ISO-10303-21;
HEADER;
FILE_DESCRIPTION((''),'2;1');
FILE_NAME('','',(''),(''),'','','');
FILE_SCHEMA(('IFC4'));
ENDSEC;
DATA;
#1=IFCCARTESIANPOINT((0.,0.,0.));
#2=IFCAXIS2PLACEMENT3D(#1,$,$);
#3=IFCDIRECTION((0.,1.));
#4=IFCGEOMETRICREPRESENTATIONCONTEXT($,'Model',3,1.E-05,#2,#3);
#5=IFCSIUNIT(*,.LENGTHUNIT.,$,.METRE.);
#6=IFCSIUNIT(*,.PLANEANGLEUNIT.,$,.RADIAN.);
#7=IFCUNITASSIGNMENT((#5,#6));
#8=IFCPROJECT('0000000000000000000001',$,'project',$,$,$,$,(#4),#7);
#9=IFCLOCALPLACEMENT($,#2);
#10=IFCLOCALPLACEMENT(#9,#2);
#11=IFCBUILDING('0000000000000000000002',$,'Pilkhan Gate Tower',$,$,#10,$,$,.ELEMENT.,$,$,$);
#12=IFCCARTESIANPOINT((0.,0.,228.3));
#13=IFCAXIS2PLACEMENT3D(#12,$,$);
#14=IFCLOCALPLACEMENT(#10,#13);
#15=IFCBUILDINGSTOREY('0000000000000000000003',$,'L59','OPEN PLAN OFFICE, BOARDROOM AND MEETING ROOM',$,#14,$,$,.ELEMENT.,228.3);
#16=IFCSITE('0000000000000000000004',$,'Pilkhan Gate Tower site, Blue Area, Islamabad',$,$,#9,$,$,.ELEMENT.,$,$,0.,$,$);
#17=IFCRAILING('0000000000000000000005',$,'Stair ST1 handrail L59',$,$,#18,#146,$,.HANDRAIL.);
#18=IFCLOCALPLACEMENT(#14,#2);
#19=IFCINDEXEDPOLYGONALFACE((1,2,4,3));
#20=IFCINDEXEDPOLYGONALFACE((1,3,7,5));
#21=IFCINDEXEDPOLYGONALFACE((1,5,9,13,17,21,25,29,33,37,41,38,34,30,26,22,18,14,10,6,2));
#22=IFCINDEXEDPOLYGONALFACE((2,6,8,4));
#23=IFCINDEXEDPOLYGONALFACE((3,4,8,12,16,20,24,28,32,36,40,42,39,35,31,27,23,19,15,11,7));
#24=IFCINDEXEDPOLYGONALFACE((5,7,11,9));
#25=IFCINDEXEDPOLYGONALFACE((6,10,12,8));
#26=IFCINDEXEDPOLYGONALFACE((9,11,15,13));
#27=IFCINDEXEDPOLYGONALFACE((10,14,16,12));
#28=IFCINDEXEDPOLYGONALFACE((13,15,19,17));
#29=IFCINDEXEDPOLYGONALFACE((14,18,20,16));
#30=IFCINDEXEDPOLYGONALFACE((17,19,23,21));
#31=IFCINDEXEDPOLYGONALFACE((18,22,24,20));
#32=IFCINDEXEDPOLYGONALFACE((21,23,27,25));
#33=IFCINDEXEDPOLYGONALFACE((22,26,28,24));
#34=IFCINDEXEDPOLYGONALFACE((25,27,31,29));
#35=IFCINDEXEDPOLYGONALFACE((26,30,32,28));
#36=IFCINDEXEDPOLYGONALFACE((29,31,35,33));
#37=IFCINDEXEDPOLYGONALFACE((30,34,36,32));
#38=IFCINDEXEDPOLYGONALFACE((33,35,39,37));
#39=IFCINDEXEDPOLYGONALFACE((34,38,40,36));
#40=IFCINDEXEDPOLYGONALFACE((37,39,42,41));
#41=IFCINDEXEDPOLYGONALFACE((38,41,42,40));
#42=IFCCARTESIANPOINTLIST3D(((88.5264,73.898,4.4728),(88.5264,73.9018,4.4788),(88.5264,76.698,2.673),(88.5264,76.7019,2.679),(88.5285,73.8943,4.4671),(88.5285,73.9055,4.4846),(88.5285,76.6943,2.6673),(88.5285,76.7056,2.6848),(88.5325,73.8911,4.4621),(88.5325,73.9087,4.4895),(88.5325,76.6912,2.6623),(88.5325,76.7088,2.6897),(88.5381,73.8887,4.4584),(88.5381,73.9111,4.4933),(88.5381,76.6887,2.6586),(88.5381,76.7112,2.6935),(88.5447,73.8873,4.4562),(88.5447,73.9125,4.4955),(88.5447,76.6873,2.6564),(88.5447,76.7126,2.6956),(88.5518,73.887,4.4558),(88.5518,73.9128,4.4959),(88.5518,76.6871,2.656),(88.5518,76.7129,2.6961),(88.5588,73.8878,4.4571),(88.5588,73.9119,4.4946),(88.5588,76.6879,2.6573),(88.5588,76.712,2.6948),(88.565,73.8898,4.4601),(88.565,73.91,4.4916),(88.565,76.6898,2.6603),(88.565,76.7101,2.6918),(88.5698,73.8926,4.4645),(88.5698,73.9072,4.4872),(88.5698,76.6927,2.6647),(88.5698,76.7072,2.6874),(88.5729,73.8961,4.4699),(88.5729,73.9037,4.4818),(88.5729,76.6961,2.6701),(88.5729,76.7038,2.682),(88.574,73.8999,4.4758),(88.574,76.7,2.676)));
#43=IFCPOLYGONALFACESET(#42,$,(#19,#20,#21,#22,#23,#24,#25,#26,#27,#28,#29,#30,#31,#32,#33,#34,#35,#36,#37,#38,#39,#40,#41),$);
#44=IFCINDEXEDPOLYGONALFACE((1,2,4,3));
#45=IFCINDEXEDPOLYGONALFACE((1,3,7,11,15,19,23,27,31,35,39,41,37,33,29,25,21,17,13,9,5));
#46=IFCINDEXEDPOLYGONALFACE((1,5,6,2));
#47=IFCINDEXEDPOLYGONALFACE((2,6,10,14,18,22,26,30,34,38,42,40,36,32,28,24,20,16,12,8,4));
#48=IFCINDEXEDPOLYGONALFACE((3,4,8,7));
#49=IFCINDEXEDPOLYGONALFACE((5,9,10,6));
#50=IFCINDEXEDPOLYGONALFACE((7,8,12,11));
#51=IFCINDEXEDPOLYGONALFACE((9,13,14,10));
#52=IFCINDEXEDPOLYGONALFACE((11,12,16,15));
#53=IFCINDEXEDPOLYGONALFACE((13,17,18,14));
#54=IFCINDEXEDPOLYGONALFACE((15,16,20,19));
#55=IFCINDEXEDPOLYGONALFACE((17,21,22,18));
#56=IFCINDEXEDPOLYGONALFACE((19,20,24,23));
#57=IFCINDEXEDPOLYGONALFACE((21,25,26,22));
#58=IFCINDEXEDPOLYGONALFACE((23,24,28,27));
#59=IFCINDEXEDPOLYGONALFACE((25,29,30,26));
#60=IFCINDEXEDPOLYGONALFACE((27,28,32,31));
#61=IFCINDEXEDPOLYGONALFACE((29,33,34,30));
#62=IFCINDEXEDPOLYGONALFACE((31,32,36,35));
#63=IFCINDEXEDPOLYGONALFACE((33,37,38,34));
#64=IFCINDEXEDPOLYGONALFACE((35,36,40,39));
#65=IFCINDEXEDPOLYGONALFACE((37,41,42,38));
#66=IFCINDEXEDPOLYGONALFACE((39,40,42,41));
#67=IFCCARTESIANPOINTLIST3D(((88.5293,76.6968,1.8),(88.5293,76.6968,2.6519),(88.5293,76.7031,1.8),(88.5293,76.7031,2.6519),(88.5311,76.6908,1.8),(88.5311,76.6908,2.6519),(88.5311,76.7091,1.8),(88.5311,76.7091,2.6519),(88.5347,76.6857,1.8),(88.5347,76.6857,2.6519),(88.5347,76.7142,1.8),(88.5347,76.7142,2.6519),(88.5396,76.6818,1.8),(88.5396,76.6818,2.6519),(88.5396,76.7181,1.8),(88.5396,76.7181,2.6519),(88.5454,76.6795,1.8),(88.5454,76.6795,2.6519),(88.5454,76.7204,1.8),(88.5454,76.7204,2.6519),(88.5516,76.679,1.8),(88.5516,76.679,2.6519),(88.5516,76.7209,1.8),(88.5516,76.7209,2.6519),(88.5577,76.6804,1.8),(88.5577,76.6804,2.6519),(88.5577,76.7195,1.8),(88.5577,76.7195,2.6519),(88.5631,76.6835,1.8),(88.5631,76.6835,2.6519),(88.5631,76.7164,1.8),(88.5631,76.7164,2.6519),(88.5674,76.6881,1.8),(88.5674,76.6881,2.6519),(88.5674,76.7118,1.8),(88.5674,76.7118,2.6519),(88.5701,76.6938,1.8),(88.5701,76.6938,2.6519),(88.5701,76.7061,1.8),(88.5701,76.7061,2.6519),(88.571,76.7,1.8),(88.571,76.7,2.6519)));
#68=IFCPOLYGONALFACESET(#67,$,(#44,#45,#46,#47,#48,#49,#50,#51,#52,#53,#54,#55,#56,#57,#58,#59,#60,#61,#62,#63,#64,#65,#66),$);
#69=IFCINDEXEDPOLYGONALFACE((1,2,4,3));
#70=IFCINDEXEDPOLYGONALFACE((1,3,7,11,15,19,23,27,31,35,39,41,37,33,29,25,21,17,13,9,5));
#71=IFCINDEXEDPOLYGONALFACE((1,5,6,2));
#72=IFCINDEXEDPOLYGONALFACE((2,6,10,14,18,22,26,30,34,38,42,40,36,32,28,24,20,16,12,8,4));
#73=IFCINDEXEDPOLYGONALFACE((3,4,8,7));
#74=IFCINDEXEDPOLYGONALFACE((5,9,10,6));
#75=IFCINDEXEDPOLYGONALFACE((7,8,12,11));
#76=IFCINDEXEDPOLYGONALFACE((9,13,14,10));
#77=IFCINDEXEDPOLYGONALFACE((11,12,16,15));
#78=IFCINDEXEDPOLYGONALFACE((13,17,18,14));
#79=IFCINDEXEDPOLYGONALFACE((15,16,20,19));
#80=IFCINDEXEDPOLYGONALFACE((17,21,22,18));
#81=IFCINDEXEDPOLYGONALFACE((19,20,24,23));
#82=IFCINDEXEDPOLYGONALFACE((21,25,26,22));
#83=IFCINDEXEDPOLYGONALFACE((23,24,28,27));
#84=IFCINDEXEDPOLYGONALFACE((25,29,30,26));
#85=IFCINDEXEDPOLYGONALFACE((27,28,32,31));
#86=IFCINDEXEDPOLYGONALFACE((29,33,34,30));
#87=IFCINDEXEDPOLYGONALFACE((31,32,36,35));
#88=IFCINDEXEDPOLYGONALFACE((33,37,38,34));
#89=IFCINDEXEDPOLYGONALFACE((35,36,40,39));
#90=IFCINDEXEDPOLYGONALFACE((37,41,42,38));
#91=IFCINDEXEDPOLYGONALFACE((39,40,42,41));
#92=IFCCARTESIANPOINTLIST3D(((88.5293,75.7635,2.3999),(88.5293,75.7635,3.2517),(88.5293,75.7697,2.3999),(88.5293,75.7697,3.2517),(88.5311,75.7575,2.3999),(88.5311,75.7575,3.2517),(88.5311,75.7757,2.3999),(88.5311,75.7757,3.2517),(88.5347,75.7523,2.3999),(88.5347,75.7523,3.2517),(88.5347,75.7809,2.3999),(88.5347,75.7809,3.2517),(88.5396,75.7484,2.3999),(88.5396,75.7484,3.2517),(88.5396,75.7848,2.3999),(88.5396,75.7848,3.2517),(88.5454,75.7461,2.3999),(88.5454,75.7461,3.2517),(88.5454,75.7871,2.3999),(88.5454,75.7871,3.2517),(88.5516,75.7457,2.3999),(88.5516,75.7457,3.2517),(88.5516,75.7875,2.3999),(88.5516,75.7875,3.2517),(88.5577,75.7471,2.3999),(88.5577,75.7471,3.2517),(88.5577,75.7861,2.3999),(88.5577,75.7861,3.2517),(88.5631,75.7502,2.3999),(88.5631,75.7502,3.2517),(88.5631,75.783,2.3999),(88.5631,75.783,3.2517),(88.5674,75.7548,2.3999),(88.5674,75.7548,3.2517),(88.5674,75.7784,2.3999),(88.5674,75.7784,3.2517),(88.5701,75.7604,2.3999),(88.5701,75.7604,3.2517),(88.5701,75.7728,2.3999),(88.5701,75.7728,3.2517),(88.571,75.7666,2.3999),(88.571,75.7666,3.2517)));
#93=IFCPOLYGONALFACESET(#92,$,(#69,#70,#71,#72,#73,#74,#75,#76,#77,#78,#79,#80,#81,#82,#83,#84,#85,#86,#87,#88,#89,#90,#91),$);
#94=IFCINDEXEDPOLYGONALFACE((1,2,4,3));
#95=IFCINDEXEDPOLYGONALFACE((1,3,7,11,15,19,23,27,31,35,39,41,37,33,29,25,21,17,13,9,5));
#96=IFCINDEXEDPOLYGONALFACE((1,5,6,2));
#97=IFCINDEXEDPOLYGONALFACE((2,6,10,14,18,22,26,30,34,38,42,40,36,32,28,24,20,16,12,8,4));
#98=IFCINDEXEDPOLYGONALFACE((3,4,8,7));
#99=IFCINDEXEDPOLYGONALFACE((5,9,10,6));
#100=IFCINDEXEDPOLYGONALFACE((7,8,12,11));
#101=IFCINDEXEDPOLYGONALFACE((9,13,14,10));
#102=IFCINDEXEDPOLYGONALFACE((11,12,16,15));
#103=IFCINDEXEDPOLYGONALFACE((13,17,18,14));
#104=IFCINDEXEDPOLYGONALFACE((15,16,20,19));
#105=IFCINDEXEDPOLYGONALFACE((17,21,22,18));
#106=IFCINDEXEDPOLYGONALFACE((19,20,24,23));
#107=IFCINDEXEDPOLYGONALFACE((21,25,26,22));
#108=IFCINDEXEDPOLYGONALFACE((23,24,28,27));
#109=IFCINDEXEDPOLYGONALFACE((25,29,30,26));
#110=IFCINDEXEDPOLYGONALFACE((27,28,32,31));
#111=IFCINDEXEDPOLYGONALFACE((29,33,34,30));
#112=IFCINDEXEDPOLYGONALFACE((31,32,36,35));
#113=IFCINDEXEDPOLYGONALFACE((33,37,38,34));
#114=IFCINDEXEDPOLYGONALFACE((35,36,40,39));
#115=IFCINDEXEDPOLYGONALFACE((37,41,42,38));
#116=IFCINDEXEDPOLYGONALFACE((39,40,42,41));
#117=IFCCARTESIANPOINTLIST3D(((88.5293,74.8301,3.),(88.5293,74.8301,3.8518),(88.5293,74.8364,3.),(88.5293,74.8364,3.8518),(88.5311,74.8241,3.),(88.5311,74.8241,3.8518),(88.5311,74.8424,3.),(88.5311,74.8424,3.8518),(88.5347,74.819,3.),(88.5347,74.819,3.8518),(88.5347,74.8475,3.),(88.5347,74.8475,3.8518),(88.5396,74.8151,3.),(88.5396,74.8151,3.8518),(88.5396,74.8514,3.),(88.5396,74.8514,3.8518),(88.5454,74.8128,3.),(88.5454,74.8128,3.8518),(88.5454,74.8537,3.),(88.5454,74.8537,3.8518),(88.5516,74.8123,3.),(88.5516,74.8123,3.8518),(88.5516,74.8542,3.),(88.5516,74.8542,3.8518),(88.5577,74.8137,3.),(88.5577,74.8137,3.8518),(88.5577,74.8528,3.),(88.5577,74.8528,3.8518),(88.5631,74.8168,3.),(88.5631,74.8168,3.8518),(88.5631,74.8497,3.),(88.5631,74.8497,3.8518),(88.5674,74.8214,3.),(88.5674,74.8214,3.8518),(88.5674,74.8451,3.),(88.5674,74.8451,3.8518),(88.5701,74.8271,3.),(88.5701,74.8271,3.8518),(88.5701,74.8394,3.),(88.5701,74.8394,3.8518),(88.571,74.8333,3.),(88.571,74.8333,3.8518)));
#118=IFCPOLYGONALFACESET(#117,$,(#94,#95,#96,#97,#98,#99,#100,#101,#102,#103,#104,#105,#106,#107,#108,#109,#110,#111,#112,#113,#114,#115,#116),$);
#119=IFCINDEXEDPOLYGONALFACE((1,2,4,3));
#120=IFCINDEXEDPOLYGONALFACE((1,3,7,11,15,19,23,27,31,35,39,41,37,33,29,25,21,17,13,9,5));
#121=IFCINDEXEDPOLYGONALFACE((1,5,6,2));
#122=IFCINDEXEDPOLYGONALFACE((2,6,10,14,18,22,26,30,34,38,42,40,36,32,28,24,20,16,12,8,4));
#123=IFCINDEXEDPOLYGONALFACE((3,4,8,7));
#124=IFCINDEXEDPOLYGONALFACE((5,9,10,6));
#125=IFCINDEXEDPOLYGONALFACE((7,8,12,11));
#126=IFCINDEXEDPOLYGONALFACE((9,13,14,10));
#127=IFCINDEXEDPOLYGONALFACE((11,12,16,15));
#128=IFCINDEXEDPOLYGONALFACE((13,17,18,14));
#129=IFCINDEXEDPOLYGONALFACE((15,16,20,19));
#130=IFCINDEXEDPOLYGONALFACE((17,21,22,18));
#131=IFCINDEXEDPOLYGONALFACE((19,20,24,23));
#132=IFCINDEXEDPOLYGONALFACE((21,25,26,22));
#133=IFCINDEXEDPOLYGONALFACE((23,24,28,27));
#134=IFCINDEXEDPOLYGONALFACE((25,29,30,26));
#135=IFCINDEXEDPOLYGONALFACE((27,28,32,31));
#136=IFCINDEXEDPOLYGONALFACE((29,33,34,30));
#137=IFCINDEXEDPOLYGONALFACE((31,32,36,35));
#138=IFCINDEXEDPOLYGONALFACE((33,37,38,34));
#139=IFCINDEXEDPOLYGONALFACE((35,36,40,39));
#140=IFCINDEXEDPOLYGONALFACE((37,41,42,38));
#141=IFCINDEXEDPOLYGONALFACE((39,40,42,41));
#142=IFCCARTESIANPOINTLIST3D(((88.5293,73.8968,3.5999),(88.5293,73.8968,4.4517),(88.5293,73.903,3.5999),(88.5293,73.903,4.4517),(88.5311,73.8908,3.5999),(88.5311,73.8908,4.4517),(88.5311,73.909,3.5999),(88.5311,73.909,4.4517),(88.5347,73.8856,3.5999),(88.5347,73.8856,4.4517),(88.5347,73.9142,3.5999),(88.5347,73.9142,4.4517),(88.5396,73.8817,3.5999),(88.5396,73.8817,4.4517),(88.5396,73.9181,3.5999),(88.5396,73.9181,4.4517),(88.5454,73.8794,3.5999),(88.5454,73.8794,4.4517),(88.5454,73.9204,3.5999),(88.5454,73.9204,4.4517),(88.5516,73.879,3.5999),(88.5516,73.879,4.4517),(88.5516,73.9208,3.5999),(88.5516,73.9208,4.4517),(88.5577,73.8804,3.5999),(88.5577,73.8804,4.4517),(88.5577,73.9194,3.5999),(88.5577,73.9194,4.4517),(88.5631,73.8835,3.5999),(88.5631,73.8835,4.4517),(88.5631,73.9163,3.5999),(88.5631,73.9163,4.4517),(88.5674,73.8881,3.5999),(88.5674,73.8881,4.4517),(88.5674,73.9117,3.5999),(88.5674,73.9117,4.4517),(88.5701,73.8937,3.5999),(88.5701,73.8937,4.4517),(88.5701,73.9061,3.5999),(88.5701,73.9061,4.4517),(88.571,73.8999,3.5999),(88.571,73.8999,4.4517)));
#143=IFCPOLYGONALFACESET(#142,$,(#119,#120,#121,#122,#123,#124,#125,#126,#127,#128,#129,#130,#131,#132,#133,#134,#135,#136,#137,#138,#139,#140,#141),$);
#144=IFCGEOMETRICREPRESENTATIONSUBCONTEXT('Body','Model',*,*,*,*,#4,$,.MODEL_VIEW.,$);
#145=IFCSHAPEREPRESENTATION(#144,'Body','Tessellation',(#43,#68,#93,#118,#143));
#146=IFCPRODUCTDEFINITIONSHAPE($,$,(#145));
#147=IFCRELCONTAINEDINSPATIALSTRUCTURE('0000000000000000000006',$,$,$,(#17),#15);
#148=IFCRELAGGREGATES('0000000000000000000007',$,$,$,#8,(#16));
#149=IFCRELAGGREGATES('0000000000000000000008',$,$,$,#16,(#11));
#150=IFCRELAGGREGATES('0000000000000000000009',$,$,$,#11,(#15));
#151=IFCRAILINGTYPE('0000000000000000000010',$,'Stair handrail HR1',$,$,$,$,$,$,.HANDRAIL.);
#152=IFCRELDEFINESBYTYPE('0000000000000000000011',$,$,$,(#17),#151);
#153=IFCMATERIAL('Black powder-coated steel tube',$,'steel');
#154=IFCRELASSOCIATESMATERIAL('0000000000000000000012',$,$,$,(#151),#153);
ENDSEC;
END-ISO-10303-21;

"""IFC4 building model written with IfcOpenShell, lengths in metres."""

from ifc_helpers import new_model, si_unit, direction, frame, origin, origin_2d, place, context, subcontext, project, spatial, circle, extrude, material, type_object, element, save


model = new_model("IFC4")

# Units and contexts
model_context = context("Model", 3, precision=1e-05, world=origin(), true_north=direction((0.0, 1.0)))
body_context = subcontext(model_context, "Body", "Model", "MODEL_VIEW")
ifc_project = project(units=[si_unit("LENGTHUNIT", "METRE"), si_unit("PLANEANGLEUNIT", "RADIAN")], contexts=[model_context])

# Site, building, storey
site_placement = place(None, origin())
site = spatial("IfcSite", under=ifc_project, at=site_placement, Name="Pilkhan Gate Tower site, Blue Area, Islamabad", CompositionType="ELEMENT", RefElevation=0.0)
building_placement = place(site_placement, origin())
building = spatial("IfcBuilding", under=site, at=building_placement, Name="Pilkhan Gate Tower", CompositionType="ELEMENT")
storey_placement = place(building_placement, frame((0.0, 0.0, 228.3)))
storey = spatial("IfcBuildingStorey", under=building, at=storey_placement, Name="L59", Description="OPEN PLAN OFFICE, BOARDROOM AND MEETING ROOM", CompositionType="ELEMENT", Elevation=228.3)

# Railing
ifc_material_1 = material(Name="Black powder-coated steel tube", Category="steel")
railing_type_1 = type_object("IfcRailingType", Name="Stair handrail HR1", PredefinedType="HANDRAIL", material=ifc_material_1)
railing_1_placement = place(storey_placement, frame((88.55, 76.7, 1.8)))
element("IfcRailing", 1, at=railing_1_placement, inside=storey, type_object=railing_type_1, Name="Stair ST1 handrail L59", PredefinedType="HANDRAIL", context=body_context, shape_type="SweptSolid", body=[
    extrude(circle(Radius=0.0239, at=origin_2d()), frame((0.0, 0.0, 0.876), z_axis=(0.0, -0.841209, 0.540709), x_axis=(1.0, 0.0, 0.0)), (0.0, 0.0, 1.0), 3.3286),
    extrude(circle(Radius=0.021, at=origin_2d()), origin(), (0.0, 0.0, 1.0), 0.8518),
    extrude(circle(Radius=0.021, at=origin_2d()), frame((0.0, -0.9333, 0.5999)), (0.0, 0.0, 1.0), 0.8518),
    extrude(circle(Radius=0.021, at=origin_2d()), frame((0.0, -1.8667, 1.2)), (0.0, 0.0, 1.0), 0.8518),
    extrude(circle(Radius=0.021, at=origin_2d()), frame((0.0, -2.8, 1.7998)), (0.0, 0.0, 1.0), 0.8518),
])

save(model, "model.ifc")
